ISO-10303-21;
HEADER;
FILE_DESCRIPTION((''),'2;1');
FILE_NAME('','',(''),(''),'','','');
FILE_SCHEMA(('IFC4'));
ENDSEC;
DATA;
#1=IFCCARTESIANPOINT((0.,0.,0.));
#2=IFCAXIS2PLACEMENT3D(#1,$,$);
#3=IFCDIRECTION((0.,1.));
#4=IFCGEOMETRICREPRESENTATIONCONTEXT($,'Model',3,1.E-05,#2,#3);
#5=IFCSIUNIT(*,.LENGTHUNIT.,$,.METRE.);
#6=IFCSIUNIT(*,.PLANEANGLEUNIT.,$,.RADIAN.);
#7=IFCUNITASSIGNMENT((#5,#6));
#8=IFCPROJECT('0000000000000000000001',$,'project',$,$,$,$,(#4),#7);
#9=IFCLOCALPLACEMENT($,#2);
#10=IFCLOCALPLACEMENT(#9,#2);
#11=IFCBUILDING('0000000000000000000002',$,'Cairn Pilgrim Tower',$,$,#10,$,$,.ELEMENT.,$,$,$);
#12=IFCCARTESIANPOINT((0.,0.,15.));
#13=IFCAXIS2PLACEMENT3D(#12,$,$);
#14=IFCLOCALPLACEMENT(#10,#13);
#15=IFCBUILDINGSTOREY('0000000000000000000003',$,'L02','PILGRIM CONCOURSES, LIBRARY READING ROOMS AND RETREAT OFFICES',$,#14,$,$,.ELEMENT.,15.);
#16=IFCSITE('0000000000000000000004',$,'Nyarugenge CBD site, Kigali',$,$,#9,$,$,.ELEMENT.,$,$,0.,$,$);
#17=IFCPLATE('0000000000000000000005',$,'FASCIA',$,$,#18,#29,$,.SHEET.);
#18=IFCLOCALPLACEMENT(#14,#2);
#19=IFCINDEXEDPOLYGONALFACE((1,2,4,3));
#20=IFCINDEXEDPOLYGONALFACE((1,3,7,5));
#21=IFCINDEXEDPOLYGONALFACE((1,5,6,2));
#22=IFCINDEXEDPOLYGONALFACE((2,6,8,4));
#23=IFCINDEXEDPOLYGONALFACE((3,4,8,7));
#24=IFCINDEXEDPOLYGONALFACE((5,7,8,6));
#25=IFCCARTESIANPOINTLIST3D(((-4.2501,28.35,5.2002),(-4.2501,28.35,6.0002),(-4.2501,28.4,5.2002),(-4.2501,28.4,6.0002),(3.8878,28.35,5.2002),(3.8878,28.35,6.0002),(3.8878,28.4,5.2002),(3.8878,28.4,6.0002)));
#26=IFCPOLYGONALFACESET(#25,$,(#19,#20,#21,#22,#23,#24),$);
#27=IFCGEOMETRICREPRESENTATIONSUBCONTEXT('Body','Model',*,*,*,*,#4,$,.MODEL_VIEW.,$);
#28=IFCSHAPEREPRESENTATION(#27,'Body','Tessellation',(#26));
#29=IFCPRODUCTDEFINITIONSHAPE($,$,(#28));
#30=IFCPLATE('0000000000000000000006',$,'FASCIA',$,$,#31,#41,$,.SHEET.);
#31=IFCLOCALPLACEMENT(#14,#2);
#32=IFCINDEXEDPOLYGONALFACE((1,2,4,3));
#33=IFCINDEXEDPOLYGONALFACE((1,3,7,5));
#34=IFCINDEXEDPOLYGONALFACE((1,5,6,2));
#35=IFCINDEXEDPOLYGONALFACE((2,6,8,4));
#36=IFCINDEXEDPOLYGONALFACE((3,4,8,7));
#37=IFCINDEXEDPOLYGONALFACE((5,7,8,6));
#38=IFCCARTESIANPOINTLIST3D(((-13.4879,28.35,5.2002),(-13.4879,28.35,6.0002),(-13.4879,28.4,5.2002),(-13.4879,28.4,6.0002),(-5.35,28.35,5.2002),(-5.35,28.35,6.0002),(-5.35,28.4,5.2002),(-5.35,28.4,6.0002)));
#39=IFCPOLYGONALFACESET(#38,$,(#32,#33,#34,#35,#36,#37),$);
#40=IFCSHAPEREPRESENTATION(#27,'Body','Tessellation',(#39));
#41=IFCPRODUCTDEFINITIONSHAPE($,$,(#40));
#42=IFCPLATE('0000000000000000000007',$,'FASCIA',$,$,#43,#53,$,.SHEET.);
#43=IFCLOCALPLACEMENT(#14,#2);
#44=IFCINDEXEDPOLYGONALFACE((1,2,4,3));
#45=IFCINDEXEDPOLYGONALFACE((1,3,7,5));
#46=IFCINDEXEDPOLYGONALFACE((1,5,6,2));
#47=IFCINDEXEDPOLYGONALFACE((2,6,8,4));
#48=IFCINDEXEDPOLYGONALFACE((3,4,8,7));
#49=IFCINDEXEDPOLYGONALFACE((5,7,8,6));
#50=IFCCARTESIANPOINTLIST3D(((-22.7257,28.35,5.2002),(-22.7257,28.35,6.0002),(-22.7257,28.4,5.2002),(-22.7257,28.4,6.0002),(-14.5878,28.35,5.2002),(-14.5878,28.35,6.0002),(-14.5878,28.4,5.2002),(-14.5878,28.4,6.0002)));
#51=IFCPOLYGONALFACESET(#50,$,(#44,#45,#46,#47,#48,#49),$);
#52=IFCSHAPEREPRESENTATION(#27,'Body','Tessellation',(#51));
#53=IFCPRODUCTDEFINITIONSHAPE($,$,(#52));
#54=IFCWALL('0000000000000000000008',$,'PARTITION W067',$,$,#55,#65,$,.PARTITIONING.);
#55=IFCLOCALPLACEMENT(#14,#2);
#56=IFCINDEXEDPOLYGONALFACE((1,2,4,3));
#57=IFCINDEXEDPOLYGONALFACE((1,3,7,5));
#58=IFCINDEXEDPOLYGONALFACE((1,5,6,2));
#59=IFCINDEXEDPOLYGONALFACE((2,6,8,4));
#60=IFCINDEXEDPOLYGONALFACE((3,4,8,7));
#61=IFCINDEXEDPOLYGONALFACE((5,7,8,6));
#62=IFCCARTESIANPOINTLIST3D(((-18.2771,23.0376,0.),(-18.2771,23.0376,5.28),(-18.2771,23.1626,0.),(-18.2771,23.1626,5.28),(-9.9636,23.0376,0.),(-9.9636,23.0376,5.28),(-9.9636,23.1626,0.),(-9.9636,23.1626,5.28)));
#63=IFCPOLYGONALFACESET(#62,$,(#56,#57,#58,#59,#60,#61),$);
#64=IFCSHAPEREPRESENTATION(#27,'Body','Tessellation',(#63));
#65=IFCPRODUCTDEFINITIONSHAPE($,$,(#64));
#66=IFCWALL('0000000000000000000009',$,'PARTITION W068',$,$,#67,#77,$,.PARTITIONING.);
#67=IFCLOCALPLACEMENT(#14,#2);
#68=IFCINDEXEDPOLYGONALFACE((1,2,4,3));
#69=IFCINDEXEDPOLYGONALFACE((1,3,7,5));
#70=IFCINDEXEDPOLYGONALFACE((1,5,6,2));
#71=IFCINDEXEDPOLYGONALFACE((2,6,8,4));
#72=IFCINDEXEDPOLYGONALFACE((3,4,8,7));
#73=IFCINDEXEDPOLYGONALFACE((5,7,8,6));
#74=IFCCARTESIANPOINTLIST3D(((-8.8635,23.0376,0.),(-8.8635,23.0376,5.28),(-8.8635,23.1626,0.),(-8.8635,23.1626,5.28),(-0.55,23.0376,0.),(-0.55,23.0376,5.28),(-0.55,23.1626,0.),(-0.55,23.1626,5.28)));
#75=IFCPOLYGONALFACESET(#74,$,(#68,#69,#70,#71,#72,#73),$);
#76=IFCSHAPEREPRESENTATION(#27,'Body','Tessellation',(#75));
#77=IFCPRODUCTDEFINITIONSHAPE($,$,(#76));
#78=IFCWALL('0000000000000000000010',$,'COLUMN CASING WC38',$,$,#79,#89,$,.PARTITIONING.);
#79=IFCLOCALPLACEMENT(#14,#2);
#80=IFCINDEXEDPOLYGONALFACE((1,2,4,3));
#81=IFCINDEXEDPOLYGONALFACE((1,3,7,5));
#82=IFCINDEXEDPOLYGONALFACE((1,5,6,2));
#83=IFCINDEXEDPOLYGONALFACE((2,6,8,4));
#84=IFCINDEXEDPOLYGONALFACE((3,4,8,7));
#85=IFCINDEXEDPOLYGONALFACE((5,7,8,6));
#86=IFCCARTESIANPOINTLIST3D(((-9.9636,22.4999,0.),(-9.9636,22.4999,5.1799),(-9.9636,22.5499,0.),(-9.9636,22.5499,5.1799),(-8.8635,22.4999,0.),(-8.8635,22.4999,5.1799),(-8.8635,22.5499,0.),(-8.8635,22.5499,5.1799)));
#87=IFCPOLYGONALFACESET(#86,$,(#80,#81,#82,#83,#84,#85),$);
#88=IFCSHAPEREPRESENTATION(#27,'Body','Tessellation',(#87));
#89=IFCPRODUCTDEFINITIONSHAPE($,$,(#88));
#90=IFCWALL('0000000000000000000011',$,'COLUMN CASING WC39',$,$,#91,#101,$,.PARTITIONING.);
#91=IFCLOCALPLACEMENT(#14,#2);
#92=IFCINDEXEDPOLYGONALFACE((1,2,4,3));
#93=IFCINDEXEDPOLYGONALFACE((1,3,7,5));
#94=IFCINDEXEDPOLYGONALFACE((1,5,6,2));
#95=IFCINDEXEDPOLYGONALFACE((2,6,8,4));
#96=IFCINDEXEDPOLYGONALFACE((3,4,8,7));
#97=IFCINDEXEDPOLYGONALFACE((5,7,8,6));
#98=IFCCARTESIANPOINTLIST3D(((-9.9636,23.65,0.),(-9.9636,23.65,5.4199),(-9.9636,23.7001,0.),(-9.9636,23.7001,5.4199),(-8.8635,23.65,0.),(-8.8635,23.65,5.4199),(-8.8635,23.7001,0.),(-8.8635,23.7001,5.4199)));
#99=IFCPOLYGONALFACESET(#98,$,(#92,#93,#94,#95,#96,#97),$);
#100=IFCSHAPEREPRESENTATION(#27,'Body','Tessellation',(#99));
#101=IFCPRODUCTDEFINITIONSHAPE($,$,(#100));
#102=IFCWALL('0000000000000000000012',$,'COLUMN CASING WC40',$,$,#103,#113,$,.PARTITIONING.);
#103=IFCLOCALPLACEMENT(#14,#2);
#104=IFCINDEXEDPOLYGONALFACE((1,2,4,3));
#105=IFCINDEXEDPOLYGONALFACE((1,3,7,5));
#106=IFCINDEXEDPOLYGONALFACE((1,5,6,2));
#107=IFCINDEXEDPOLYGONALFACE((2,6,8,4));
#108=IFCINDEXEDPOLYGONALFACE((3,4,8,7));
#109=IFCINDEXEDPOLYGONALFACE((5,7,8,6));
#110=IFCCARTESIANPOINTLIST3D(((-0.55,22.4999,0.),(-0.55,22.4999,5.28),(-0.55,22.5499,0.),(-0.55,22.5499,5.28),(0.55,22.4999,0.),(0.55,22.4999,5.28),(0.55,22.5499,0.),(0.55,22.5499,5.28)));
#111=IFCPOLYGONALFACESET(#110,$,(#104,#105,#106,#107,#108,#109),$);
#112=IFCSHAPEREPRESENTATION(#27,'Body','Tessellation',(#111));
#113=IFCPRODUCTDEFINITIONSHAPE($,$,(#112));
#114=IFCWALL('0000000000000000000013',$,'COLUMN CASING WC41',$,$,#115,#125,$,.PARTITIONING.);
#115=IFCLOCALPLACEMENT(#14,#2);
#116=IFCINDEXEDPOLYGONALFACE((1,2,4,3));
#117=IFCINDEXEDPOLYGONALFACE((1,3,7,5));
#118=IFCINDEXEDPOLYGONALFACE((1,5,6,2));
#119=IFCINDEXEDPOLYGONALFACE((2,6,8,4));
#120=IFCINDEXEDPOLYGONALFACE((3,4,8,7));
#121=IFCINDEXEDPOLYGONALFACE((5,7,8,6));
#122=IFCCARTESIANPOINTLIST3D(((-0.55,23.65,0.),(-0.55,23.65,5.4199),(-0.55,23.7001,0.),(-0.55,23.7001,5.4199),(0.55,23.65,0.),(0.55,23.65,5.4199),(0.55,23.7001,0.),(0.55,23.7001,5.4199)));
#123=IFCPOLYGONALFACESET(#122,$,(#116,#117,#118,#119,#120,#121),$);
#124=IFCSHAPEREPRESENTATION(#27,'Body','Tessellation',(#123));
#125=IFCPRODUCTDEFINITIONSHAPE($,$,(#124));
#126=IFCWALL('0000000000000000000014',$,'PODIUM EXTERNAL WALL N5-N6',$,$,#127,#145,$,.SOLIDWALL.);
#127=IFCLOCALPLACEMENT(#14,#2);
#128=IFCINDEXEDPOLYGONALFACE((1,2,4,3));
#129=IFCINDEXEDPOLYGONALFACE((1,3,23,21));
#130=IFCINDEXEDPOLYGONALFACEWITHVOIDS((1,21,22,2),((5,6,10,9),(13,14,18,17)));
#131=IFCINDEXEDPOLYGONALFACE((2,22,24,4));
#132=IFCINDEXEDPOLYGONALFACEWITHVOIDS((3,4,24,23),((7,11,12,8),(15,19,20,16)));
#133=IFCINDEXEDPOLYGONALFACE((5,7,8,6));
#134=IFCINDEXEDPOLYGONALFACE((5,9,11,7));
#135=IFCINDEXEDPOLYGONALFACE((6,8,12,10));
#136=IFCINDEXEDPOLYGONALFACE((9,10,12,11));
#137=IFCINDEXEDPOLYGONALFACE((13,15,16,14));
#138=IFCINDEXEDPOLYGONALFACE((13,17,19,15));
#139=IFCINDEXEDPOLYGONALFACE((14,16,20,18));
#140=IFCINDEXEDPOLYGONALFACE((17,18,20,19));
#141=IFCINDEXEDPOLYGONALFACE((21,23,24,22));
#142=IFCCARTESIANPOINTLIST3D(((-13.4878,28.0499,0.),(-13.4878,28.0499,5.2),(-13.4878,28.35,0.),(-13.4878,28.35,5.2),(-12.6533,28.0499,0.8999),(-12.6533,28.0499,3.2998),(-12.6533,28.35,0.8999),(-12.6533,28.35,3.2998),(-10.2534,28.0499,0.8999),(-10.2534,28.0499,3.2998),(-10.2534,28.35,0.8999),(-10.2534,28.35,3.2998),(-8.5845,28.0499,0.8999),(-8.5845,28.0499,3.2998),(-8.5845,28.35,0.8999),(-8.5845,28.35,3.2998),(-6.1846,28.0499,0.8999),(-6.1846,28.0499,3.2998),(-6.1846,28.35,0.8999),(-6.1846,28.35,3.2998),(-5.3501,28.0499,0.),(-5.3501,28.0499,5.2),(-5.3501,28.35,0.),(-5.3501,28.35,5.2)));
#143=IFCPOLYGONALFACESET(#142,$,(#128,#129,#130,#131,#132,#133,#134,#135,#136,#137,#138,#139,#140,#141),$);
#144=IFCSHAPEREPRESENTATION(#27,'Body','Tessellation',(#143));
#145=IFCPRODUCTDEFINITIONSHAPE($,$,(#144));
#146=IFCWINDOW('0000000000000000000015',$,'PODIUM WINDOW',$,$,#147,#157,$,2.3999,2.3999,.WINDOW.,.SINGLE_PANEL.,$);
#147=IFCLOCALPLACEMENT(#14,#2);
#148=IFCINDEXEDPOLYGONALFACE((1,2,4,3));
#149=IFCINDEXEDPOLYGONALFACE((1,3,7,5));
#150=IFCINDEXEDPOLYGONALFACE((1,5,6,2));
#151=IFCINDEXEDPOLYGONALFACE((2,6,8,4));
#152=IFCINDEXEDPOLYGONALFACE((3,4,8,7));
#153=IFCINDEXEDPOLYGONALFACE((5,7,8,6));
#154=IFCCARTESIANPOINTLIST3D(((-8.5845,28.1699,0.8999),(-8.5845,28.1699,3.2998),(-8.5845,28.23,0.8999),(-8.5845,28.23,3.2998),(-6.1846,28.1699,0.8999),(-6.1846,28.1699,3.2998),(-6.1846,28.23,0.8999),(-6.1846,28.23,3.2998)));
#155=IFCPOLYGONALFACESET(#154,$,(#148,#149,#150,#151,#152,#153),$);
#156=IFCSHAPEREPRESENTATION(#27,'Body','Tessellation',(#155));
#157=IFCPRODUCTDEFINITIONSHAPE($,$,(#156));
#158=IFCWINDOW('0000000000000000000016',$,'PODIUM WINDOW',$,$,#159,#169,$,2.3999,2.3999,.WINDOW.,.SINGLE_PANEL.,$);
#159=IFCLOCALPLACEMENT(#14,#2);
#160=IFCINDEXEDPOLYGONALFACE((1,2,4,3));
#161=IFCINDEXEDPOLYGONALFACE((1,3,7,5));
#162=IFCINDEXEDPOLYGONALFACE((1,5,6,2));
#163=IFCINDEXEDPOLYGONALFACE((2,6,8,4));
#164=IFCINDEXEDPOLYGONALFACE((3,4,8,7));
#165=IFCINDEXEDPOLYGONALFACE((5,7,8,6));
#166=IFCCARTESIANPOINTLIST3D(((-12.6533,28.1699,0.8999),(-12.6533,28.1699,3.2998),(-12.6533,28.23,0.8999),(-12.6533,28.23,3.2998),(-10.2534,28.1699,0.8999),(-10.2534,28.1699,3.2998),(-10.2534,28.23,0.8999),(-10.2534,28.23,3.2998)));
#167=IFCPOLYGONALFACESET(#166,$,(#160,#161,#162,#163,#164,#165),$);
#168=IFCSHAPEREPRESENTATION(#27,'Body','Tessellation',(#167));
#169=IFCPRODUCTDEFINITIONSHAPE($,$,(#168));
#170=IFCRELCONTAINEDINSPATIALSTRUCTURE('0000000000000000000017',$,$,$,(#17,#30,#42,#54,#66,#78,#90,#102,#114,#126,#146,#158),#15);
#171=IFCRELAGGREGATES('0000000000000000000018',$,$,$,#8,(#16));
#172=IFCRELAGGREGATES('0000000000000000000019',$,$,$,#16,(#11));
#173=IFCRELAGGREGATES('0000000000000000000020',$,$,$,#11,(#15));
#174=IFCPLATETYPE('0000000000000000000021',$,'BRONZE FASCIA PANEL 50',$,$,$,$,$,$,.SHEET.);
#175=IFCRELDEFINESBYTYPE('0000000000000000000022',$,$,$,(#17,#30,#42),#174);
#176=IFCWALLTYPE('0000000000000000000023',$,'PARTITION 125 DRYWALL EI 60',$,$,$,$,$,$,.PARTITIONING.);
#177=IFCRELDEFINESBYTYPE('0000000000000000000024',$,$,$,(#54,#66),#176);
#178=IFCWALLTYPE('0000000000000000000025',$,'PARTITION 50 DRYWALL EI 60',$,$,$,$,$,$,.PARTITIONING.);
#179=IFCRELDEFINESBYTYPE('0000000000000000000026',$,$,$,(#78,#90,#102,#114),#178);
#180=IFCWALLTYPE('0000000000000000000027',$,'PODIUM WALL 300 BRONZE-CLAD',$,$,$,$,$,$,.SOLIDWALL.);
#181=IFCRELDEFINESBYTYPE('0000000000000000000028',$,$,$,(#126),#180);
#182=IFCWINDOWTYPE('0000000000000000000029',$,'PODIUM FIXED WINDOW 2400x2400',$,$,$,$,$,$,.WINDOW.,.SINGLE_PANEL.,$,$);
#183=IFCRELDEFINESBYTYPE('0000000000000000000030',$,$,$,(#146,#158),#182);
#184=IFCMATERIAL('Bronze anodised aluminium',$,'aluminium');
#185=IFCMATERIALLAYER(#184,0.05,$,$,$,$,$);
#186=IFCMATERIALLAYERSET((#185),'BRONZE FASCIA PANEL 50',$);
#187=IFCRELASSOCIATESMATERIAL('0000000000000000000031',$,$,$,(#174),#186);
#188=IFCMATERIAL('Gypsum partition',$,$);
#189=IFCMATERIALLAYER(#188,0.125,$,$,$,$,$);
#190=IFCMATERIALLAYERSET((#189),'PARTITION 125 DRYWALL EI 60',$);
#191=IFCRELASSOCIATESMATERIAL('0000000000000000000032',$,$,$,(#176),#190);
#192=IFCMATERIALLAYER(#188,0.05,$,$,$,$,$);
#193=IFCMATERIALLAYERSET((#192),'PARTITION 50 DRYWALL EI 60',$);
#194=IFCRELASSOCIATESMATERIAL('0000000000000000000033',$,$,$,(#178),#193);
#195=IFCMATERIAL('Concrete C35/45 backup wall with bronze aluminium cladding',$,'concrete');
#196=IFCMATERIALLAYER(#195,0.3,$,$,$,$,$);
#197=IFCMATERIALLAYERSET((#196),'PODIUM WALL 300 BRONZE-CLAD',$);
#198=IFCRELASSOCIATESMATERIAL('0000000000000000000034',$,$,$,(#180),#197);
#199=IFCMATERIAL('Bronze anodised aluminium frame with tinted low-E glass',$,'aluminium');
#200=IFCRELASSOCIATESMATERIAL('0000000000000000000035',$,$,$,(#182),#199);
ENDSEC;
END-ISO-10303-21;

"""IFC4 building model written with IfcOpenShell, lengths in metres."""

from ifc_helpers import new_model, si_unit, direction, frame, frame_2d, origin, origin_2d, place, context, subcontext, project, spatial, rectangle, extrude, material, layer, layer_set, type_object, element, fill, save


model = new_model("IFC4")

# Units and contexts
model_context = context("Model", 3, precision=1e-05, world=origin(), true_north=direction((0.0, 1.0)))
body_context = subcontext(model_context, "Body", "Model", "MODEL_VIEW")
ifc_project = project(units=[si_unit("LENGTHUNIT", "METRE"), si_unit("PLANEANGLEUNIT", "RADIAN")], contexts=[model_context])

# Site, building, storey
site_placement = place(None, origin())
site = spatial("IfcSite", under=ifc_project, at=site_placement, Name="Nyarugenge CBD site, Kigali", CompositionType="ELEMENT", RefElevation=0.0)
building_placement = place(site_placement, origin())
building = spatial("IfcBuilding", under=site, at=building_placement, Name="Cairn Pilgrim Tower", CompositionType="ELEMENT")
storey_placement = place(building_placement, frame((0.0, 0.0, 15.0)))
storey = spatial("IfcBuildingStorey", under=building, at=storey_placement, Name="L02", Description="PILGRIM CONCOURSES, LIBRARY READING ROOMS AND RETREAT OFFICES", CompositionType="ELEMENT", Elevation=15.0)

# Plates
ifc_material_1 = material(Name="Bronze anodised aluminium", Category="aluminium")
ifc_layer_1 = layer(ifc_material_1, 0.05)
ifc_layer_set_1 = layer_set([ifc_layer_1], Name="BRONZE FASCIA PANEL 50")
plate_type = type_object("IfcPlateType", Name="BRONZE FASCIA PANEL 50", PredefinedType="SHEET", material=ifc_layer_set_1)
for number, where, z_axis, x_axis, name in (
    (1, (-0.1812, 28.375, 5.2002), (0.0, 0.0, 1.0), (-1.0, 0.0, 0.0), "FASCIA"),
    (2, (-9.4189, 28.375, 5.2002), (0.0, 0.0, 1.0), (-1.0, 0.0, 0.0), "FASCIA"),
    (3, (-18.6567, 28.375, 5.2002), (0.0, 0.0, 1.0), (-1.0, 0.0, 0.0), "FASCIA"),
):
    element("IfcPlate", number, at=place(storey_placement, frame(where, z_axis=z_axis, x_axis=x_axis)), inside=storey, type_object=plate_type, Name=name, PredefinedType="SHEET", context=body_context, shape_type="SweptSolid", body=[
        extrude(rectangle(XDim=8.1379, YDim=0.05, at=origin_2d()), origin(), (0.0, 0.0, 1.0), 0.8),
    ])

# Walls
ifc_material_2 = material(Name="Gypsum partition")
ifc_layer_2 = layer(ifc_material_2, 0.125)
ifc_layer_set_2 = layer_set([ifc_layer_2], Name="PARTITION 125 DRYWALL EI 60")
wall_type_1 = type_object("IfcWallType", Name="PARTITION 125 DRYWALL EI 60", PredefinedType="PARTITIONING", material=ifc_layer_set_2)
for number, where, z_axis, x_axis, name in (
    (4, (-18.2771, 23.1001, 0.0), (0.0, 0.0, 1.0), (1.0, 0.0, 0.0), "PARTITION W067"),
    (5, (-8.8635, 23.1001, 0.0), (0.0, 0.0, 1.0), (1.0, 0.0, 0.0), "PARTITION W068"),
):
    element("IfcWall", number, at=place(storey_placement, frame(where, z_axis=z_axis, x_axis=x_axis)), inside=storey, type_object=wall_type_1, Name=name, PredefinedType="PARTITIONING", context=body_context, shape_type="SweptSolid", body=[
        extrude(rectangle(XDim=8.3135, YDim=0.125, at=frame_2d((4.1567, 0.0))), origin(), (0.0, 0.0, 1.0), 5.28),
    ])
ifc_layer_3 = layer(ifc_material_2, 0.05)
ifc_layer_set_3 = layer_set([ifc_layer_3], Name="PARTITION 50 DRYWALL EI 60")
wall_type_2 = type_object("IfcWallType", Name="PARTITION 50 DRYWALL EI 60", PredefinedType="PARTITIONING", material=ifc_layer_set_3)
wall_1_placement = place(storey_placement, frame((-9.9636, 22.5249, 0.0), z_axis=(0.0, 0.0, 1.0), x_axis=(1.0, 0.0, 0.0)))
element("IfcWall", 6, at=wall_1_placement, inside=storey, type_object=wall_type_2, Name="COLUMN CASING WC38", PredefinedType="PARTITIONING", context=body_context, shape_type="SweptSolid", body=[
    extrude(rectangle(XDim=1.1001, YDim=0.05, at=frame_2d((0.55, 0.0))), origin(), (0.0, 0.0, 1.0), 5.1799),
])
wall_2_placement = place(storey_placement, frame((-9.9636, 23.675, 0.0), z_axis=(0.0, 0.0, 1.0), x_axis=(1.0, 0.0, 0.0)))
element("IfcWall", 7, at=wall_2_placement, inside=storey, type_object=wall_type_2, Name="COLUMN CASING WC39", PredefinedType="PARTITIONING", context=body_context, shape_type="SweptSolid", body=[
    extrude(rectangle(XDim=1.1001, YDim=0.05, at=frame_2d((0.55, 0.0))), origin(), (0.0, 0.0, 1.0), 5.4199),
])
wall_3_placement = place(storey_placement, frame((-0.55, 22.5249, 0.0), z_axis=(0.0, 0.0, 1.0), x_axis=(1.0, 0.0, 0.0)))
element("IfcWall", 8, at=wall_3_placement, inside=storey, type_object=wall_type_2, Name="COLUMN CASING WC40", PredefinedType="PARTITIONING", context=body_context, shape_type="SweptSolid", body=[
    extrude(rectangle(XDim=1.1001, YDim=0.05, at=frame_2d((0.55, 0.0))), origin(), (0.0, 0.0, 1.0), 5.28),
])
wall_4_placement = place(storey_placement, frame((-0.55, 23.675, 0.0), z_axis=(0.0, 0.0, 1.0), x_axis=(1.0, 0.0, 0.0)))
element("IfcWall", 9, at=wall_4_placement, inside=storey, type_object=wall_type_2, Name="COLUMN CASING WC41", PredefinedType="PARTITIONING", context=body_context, shape_type="SweptSolid", body=[
    extrude(rectangle(XDim=1.1001, YDim=0.05, at=frame_2d((0.55, 0.0))), origin(), (0.0, 0.0, 1.0), 5.4199),
])

# Wall, openings, windows
ifc_material_3 = material(Name="Concrete C35/45 backup wall with bronze aluminium cladding", Category="concrete")
ifc_layer_4 = layer(ifc_material_3, 0.3)
ifc_layer_set_4 = layer_set([ifc_layer_4], Name="PODIUM WALL 300 BRONZE-CLAD")
wall_type_3 = type_object("IfcWallType", Name="PODIUM WALL 300 BRONZE-CLAD", PredefinedType="SOLIDWALL", material=ifc_layer_set_4)
wall_5_placement = place(storey_placement, frame((-5.3501, 28.2, 0.0), z_axis=(0.0, 0.0, 1.0), x_axis=(-1.0, 0.0, 0.0)))
wall_5 = element("IfcWall", 10, at=wall_5_placement, inside=storey, type_object=wall_type_3, Name="PODIUM EXTERNAL WALL N5-N6", PredefinedType="SOLIDWALL", context=body_context, shape_type="SweptSolid", body=[
    extrude(rectangle(XDim=8.1377, YDim=0.3, at=frame_2d((4.0688, 0.0))), origin(), (0.0, 0.0, 1.0), 5.2),
])
opening_1_placement = place(wall_5_placement, frame((0.8345, 0.0, 0.8999)))
opening_1 = element("IfcOpeningElement", 11, at=opening_1_placement, cuts=wall_5, PredefinedType="OPENING", context=body_context, shape_type="SweptSolid", body=[
    extrude(rectangle(XDim=2.3999, YDim=2.3999, at=frame_2d((1.2, 1.2))), frame((0.0, 0.1602, 0.0), z_axis=(0.0, -1.0, 0.0), x_axis=(1.0, 0.0, 0.0)), (0.0, 0.0, 1.0), 0.3201),
])
opening_2_placement = place(wall_5_placement, frame((4.9033, 0.0, 0.8999)))
opening_2 = element("IfcOpeningElement", 12, at=opening_2_placement, cuts=wall_5, PredefinedType="OPENING", context=body_context, shape_type="SweptSolid", body=[
    extrude(rectangle(XDim=2.3999, YDim=2.3999, at=frame_2d((1.2, 1.2))), frame((0.0, 0.1602, 0.0), z_axis=(0.0, -1.0, 0.0), x_axis=(1.0, 0.0, 0.0)), (0.0, 0.0, 1.0), 0.3201),
])
ifc_material_4 = material(Name="Bronze anodised aluminium frame with tinted low-E glass", Category="aluminium")
window_type = type_object("IfcWindowType", Name="PODIUM FIXED WINDOW 2400x2400", PartitioningType="SINGLE_PANEL", PredefinedType="WINDOW", material=ifc_material_4)
window_1_placement = place(opening_1_placement, origin())
window_1 = element("IfcWindow", 13, at=window_1_placement, inside=storey, type_object=window_type, Name="PODIUM WINDOW", OverallHeight=2.3999, OverallWidth=2.3999, PartitioningType="SINGLE_PANEL", PredefinedType="WINDOW", context=body_context, shape_type="SweptSolid", body=[
    extrude(rectangle(XDim=2.3999, YDim=2.3999, at=frame_2d((1.2, 1.2))), frame((0.0, 0.03, 0.0), z_axis=(0.0, -1.0, 0.0), x_axis=(1.0, 0.0, 0.0)), (0.0, 0.0, 1.0), 0.0601),
])
fill(opening_1, window_1)
window_2_placement = place(opening_2_placement, origin())
window_2 = element("IfcWindow", 14, at=window_2_placement, inside=storey, type_object=window_type, Name="PODIUM WINDOW", OverallHeight=2.3999, OverallWidth=2.3999, PartitioningType="SINGLE_PANEL", PredefinedType="WINDOW", context=body_context, shape_type="SweptSolid", body=[
    extrude(rectangle(XDim=2.3999, YDim=2.3999, at=frame_2d((1.2, 1.2))), frame((0.0, 0.03, 0.0), z_axis=(0.0, -1.0, 0.0), x_axis=(1.0, 0.0, 0.0)), (0.0, 0.0, 1.0), 0.0601),
])
fill(opening_2, window_2)

save(model, "model.ifc")
